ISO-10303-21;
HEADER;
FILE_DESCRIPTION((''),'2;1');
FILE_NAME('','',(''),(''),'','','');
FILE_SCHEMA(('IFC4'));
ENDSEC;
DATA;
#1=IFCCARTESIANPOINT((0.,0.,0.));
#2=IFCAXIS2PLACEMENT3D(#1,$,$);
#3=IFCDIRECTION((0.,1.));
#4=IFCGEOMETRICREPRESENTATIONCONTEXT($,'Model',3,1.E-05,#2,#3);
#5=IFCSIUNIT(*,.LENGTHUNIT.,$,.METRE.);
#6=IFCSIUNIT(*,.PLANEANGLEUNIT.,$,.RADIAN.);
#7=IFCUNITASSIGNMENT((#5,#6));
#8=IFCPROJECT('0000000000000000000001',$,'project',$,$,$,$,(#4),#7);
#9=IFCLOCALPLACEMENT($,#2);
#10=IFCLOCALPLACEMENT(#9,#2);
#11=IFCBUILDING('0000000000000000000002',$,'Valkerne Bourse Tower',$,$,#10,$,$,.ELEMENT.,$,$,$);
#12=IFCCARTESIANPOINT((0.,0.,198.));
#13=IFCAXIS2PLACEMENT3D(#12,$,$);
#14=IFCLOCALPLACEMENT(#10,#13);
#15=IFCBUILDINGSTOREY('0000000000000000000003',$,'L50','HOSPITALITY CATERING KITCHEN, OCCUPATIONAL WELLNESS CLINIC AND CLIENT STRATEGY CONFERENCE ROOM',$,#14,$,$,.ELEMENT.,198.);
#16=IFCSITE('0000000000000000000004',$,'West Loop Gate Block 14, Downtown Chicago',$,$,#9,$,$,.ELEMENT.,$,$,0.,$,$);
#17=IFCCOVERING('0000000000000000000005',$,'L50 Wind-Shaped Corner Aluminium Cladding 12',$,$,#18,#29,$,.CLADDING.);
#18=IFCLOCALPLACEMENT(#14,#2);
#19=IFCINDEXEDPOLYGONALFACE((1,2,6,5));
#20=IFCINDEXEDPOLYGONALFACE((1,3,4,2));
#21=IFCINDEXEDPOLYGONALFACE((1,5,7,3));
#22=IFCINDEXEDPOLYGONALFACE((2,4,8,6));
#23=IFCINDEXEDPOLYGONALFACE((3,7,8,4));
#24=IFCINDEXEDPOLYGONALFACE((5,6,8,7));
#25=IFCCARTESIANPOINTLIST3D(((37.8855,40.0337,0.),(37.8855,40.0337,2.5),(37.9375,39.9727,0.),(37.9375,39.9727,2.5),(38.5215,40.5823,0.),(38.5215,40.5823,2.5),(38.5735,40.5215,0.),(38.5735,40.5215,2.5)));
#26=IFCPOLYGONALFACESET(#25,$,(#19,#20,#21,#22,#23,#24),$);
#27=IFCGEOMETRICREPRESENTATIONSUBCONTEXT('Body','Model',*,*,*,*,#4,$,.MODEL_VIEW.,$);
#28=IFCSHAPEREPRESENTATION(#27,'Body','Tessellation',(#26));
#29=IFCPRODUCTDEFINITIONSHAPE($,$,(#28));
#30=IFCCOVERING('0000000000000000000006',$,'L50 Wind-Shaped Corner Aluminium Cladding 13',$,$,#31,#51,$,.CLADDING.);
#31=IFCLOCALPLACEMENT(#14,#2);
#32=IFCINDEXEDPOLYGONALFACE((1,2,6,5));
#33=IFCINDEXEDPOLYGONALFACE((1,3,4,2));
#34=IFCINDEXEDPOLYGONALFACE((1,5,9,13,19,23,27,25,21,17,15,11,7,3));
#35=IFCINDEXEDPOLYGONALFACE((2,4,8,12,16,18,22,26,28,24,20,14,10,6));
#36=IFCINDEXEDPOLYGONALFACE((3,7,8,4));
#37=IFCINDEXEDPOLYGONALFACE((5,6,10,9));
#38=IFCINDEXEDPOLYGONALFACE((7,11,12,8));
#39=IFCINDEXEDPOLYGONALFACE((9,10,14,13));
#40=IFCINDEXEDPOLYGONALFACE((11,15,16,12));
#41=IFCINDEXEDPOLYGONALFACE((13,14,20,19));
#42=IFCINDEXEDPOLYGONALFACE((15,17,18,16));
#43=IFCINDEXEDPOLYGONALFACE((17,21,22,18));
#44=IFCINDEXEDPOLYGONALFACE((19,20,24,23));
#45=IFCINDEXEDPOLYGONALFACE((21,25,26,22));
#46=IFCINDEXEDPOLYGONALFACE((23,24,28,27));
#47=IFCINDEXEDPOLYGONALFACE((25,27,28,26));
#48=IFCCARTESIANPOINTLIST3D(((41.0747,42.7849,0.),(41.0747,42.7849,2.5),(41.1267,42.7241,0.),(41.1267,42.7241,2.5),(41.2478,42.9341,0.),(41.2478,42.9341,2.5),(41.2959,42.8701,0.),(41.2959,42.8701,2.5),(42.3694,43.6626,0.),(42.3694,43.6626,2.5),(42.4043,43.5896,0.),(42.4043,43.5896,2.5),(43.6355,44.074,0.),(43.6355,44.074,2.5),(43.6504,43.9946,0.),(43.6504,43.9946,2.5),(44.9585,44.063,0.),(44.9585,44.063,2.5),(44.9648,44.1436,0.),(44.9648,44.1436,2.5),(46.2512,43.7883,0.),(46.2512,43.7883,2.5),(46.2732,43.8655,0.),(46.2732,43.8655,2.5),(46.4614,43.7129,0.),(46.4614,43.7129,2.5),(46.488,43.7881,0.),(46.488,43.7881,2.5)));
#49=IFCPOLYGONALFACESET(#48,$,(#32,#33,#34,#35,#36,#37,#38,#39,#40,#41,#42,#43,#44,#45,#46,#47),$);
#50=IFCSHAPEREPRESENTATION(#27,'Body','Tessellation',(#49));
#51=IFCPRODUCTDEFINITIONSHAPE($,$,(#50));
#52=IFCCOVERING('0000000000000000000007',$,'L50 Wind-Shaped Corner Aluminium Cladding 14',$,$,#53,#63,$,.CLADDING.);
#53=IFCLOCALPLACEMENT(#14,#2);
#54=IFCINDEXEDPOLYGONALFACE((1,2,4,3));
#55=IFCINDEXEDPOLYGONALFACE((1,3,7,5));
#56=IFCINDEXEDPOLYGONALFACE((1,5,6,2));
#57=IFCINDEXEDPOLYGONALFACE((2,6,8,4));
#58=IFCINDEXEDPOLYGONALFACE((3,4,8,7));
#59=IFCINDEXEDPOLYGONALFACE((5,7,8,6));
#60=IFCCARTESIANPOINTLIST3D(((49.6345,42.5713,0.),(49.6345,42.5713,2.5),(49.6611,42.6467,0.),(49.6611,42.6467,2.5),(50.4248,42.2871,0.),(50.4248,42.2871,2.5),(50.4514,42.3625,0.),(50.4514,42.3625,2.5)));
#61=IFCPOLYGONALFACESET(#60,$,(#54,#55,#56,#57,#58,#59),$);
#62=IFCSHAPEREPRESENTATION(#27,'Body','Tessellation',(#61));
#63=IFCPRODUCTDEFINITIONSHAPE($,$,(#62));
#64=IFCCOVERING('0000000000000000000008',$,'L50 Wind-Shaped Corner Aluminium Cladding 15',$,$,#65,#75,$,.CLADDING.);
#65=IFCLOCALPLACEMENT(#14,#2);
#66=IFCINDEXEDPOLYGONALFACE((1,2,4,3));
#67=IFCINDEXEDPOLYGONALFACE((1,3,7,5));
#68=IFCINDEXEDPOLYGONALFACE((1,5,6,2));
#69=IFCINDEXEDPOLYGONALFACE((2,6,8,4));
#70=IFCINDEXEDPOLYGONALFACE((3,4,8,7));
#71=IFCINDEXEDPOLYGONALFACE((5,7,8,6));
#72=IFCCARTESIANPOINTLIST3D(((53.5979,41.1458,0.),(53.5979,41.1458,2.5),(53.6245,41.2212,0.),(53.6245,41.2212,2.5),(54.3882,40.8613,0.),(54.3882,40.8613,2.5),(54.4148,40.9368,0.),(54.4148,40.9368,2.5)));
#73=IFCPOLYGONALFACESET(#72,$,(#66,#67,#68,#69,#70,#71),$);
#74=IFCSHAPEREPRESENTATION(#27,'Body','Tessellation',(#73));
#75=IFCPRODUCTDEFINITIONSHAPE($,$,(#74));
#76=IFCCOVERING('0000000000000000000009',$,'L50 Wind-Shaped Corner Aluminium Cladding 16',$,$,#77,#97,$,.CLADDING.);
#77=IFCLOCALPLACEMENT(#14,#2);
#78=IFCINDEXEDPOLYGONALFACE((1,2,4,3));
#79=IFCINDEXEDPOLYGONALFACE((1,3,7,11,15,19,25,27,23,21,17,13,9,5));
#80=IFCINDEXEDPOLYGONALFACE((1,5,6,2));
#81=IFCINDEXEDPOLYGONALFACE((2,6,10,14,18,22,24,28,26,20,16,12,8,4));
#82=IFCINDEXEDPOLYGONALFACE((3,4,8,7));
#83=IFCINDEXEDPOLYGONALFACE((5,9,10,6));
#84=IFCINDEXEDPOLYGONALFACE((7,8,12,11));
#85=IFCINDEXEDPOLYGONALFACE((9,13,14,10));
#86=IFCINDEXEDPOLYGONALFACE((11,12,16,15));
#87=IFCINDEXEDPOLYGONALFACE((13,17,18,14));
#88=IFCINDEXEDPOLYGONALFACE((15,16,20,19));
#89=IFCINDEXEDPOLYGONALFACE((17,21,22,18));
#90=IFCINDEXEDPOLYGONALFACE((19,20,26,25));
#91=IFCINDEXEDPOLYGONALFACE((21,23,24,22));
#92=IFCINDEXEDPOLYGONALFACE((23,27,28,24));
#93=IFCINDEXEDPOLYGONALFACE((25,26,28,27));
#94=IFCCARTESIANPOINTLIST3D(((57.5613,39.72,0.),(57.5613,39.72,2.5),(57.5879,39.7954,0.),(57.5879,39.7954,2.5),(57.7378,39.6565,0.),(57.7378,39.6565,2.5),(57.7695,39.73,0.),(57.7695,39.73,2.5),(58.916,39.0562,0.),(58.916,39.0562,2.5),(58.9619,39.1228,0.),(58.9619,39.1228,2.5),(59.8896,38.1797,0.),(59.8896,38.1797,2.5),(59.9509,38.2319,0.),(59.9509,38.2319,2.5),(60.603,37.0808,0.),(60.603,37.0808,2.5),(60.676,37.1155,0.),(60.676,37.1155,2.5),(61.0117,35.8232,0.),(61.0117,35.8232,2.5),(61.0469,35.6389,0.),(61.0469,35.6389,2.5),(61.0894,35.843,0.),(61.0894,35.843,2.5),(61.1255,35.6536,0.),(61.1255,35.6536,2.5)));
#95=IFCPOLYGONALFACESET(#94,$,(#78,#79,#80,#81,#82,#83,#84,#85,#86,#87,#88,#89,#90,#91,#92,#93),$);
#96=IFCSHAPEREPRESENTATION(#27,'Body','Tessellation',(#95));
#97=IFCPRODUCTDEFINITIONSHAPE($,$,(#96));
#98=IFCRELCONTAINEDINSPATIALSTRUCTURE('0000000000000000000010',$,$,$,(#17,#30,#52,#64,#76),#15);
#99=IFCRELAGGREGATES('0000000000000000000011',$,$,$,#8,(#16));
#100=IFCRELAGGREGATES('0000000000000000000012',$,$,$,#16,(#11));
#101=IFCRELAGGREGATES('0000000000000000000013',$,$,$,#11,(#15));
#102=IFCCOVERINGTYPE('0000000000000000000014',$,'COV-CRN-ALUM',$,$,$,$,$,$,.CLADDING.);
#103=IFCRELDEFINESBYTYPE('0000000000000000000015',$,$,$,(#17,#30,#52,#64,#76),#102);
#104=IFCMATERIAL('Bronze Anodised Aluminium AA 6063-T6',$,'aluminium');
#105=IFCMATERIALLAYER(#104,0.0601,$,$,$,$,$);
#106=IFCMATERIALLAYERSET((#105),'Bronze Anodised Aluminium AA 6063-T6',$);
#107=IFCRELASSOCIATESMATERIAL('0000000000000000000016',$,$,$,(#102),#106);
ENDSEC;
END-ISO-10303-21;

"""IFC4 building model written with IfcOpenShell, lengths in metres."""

from ifc_helpers import new_model, si_unit, direction, frame, origin, place, context, subcontext, project, spatial, polyline, outline, extrude, material, layer, layer_set, type_object, element, save


model = new_model("IFC4")

# Units and contexts
model_context = context("Model", 3, precision=1e-05, world=origin(), true_north=direction((0.0, 1.0)))
body_context = subcontext(model_context, "Body", "Model", "MODEL_VIEW")
ifc_project = project(units=[si_unit("LENGTHUNIT", "METRE"), si_unit("PLANEANGLEUNIT", "RADIAN")], contexts=[model_context])

# Site, building, storey
site_placement = place(None, origin())
site = spatial("IfcSite", under=ifc_project, at=site_placement, Name="West Loop Gate Block 14, Downtown Chicago", CompositionType="ELEMENT", RefElevation=0.0)
building_placement = place(site_placement, origin())
building = spatial("IfcBuilding", under=site, at=building_placement, Name="Valkerne Bourse Tower", CompositionType="ELEMENT")
storey_placement = place(building_placement, frame((0.0, 0.0, 198.0)))
storey = spatial("IfcBuildingStorey", under=building, at=storey_placement, Name="L50", Description="HOSPITALITY CATERING KITCHEN, OCCUPATIONAL WELLNESS CLINIC AND CLIENT STRATEGY CONFERENCE ROOM", CompositionType="ELEMENT", Elevation=198.0)

# Coverings
ifc_material_1 = material(Name="Bronze Anodised Aluminium AA 6063-T6", Category="aluminium")
ifc_layer_1 = layer(ifc_material_1, 0.0601)
ifc_layer_set_1 = layer_set([ifc_layer_1], Name="Bronze Anodised Aluminium AA 6063-T6")
covering_type = type_object("IfcCoveringType", Name="COV-CRN-ALUM", PredefinedType="CLADDING", material=ifc_layer_set_1)
covering_1_placement = place(storey_placement, origin())
element("IfcCovering", 1, at=covering_1_placement, inside=storey, type_object=covering_type, Name="L50 Wind-Shaped Corner Aluminium Cladding 12", PredefinedType="CLADDING", context=body_context, shape_type="SweptSolid", body=[
    extrude(outline(polyline([(38.5215, 40.5823), (38.5735, 40.5215), (37.9375, 39.9727), (37.8855, 40.0337), (38.5215, 40.5823)])), origin(), (0.0, 0.0, 1.0), 2.5),
])
covering_2_placement = place(storey_placement, origin())
element("IfcCovering", 2, at=covering_2_placement, inside=storey, type_object=covering_type, Name="L50 Wind-Shaped Corner Aluminium Cladding 13", PredefinedType="CLADDING", context=body_context, shape_type="SweptSolid", body=[
    extrude(outline(polyline([(41.2478, 42.9341), (42.3694, 43.6626), (43.6355, 44.074), (44.9648, 44.1436), (46.2732, 43.8655), (46.488, 43.7881), (46.4614, 43.7129), (46.2512, 43.7883), (44.9585, 44.063), (43.6504, 43.9946), (42.4043, 43.5896), (41.2959, 42.8701), (41.1267, 42.7241), (41.0747, 42.7849), (41.2478, 42.9341)])), origin(), (0.0, 0.0, 1.0), 2.5),
])
covering_3_placement = place(storey_placement, origin())
element("IfcCovering", 3, at=covering_3_placement, inside=storey, type_object=covering_type, Name="L50 Wind-Shaped Corner Aluminium Cladding 14", PredefinedType="CLADDING", context=body_context, shape_type="SweptSolid", body=[
    extrude(outline(polyline([(50.4514, 42.3625), (50.4248, 42.2871), (49.6345, 42.5713), (49.6611, 42.6467), (50.4514, 42.3625)])), origin(), (0.0, 0.0, 1.0), 2.5),
])
covering_4_placement = place(storey_placement, origin())
element("IfcCovering", 4, at=covering_4_placement, inside=storey, type_object=covering_type, Name="L50 Wind-Shaped Corner Aluminium Cladding 15", PredefinedType="CLADDING", context=body_context, shape_type="SweptSolid", body=[
    extrude(outline(polyline([(54.4148, 40.9368), (54.3882, 40.8613), (53.5979, 41.1458), (53.6245, 41.2212), (54.4148, 40.9368)])), origin(), (0.0, 0.0, 1.0), 2.5),
])
covering_5_placement = place(storey_placement, origin())
element("IfcCovering", 5, at=covering_5_placement, inside=storey, type_object=covering_type, Name="L50 Wind-Shaped Corner Aluminium Cladding 16", PredefinedType="CLADDING", context=body_context, shape_type="SweptSolid", body=[
    extrude(outline(polyline([(57.7695, 39.73), (58.9619, 39.1228), (59.9509, 38.2319), (60.676, 37.1155), (61.0894, 35.843), (61.1255, 35.6536), (61.0469, 35.6389), (61.0117, 35.8232), (60.603, 37.0808), (59.8896, 38.1797), (58.916, 39.0562), (57.7378, 39.6565), (57.5613, 39.72), (57.5879, 39.7954), (57.7695, 39.73)])), origin(), (0.0, 0.0, 1.0), 2.5),
])

save(model, "model.ifc")
